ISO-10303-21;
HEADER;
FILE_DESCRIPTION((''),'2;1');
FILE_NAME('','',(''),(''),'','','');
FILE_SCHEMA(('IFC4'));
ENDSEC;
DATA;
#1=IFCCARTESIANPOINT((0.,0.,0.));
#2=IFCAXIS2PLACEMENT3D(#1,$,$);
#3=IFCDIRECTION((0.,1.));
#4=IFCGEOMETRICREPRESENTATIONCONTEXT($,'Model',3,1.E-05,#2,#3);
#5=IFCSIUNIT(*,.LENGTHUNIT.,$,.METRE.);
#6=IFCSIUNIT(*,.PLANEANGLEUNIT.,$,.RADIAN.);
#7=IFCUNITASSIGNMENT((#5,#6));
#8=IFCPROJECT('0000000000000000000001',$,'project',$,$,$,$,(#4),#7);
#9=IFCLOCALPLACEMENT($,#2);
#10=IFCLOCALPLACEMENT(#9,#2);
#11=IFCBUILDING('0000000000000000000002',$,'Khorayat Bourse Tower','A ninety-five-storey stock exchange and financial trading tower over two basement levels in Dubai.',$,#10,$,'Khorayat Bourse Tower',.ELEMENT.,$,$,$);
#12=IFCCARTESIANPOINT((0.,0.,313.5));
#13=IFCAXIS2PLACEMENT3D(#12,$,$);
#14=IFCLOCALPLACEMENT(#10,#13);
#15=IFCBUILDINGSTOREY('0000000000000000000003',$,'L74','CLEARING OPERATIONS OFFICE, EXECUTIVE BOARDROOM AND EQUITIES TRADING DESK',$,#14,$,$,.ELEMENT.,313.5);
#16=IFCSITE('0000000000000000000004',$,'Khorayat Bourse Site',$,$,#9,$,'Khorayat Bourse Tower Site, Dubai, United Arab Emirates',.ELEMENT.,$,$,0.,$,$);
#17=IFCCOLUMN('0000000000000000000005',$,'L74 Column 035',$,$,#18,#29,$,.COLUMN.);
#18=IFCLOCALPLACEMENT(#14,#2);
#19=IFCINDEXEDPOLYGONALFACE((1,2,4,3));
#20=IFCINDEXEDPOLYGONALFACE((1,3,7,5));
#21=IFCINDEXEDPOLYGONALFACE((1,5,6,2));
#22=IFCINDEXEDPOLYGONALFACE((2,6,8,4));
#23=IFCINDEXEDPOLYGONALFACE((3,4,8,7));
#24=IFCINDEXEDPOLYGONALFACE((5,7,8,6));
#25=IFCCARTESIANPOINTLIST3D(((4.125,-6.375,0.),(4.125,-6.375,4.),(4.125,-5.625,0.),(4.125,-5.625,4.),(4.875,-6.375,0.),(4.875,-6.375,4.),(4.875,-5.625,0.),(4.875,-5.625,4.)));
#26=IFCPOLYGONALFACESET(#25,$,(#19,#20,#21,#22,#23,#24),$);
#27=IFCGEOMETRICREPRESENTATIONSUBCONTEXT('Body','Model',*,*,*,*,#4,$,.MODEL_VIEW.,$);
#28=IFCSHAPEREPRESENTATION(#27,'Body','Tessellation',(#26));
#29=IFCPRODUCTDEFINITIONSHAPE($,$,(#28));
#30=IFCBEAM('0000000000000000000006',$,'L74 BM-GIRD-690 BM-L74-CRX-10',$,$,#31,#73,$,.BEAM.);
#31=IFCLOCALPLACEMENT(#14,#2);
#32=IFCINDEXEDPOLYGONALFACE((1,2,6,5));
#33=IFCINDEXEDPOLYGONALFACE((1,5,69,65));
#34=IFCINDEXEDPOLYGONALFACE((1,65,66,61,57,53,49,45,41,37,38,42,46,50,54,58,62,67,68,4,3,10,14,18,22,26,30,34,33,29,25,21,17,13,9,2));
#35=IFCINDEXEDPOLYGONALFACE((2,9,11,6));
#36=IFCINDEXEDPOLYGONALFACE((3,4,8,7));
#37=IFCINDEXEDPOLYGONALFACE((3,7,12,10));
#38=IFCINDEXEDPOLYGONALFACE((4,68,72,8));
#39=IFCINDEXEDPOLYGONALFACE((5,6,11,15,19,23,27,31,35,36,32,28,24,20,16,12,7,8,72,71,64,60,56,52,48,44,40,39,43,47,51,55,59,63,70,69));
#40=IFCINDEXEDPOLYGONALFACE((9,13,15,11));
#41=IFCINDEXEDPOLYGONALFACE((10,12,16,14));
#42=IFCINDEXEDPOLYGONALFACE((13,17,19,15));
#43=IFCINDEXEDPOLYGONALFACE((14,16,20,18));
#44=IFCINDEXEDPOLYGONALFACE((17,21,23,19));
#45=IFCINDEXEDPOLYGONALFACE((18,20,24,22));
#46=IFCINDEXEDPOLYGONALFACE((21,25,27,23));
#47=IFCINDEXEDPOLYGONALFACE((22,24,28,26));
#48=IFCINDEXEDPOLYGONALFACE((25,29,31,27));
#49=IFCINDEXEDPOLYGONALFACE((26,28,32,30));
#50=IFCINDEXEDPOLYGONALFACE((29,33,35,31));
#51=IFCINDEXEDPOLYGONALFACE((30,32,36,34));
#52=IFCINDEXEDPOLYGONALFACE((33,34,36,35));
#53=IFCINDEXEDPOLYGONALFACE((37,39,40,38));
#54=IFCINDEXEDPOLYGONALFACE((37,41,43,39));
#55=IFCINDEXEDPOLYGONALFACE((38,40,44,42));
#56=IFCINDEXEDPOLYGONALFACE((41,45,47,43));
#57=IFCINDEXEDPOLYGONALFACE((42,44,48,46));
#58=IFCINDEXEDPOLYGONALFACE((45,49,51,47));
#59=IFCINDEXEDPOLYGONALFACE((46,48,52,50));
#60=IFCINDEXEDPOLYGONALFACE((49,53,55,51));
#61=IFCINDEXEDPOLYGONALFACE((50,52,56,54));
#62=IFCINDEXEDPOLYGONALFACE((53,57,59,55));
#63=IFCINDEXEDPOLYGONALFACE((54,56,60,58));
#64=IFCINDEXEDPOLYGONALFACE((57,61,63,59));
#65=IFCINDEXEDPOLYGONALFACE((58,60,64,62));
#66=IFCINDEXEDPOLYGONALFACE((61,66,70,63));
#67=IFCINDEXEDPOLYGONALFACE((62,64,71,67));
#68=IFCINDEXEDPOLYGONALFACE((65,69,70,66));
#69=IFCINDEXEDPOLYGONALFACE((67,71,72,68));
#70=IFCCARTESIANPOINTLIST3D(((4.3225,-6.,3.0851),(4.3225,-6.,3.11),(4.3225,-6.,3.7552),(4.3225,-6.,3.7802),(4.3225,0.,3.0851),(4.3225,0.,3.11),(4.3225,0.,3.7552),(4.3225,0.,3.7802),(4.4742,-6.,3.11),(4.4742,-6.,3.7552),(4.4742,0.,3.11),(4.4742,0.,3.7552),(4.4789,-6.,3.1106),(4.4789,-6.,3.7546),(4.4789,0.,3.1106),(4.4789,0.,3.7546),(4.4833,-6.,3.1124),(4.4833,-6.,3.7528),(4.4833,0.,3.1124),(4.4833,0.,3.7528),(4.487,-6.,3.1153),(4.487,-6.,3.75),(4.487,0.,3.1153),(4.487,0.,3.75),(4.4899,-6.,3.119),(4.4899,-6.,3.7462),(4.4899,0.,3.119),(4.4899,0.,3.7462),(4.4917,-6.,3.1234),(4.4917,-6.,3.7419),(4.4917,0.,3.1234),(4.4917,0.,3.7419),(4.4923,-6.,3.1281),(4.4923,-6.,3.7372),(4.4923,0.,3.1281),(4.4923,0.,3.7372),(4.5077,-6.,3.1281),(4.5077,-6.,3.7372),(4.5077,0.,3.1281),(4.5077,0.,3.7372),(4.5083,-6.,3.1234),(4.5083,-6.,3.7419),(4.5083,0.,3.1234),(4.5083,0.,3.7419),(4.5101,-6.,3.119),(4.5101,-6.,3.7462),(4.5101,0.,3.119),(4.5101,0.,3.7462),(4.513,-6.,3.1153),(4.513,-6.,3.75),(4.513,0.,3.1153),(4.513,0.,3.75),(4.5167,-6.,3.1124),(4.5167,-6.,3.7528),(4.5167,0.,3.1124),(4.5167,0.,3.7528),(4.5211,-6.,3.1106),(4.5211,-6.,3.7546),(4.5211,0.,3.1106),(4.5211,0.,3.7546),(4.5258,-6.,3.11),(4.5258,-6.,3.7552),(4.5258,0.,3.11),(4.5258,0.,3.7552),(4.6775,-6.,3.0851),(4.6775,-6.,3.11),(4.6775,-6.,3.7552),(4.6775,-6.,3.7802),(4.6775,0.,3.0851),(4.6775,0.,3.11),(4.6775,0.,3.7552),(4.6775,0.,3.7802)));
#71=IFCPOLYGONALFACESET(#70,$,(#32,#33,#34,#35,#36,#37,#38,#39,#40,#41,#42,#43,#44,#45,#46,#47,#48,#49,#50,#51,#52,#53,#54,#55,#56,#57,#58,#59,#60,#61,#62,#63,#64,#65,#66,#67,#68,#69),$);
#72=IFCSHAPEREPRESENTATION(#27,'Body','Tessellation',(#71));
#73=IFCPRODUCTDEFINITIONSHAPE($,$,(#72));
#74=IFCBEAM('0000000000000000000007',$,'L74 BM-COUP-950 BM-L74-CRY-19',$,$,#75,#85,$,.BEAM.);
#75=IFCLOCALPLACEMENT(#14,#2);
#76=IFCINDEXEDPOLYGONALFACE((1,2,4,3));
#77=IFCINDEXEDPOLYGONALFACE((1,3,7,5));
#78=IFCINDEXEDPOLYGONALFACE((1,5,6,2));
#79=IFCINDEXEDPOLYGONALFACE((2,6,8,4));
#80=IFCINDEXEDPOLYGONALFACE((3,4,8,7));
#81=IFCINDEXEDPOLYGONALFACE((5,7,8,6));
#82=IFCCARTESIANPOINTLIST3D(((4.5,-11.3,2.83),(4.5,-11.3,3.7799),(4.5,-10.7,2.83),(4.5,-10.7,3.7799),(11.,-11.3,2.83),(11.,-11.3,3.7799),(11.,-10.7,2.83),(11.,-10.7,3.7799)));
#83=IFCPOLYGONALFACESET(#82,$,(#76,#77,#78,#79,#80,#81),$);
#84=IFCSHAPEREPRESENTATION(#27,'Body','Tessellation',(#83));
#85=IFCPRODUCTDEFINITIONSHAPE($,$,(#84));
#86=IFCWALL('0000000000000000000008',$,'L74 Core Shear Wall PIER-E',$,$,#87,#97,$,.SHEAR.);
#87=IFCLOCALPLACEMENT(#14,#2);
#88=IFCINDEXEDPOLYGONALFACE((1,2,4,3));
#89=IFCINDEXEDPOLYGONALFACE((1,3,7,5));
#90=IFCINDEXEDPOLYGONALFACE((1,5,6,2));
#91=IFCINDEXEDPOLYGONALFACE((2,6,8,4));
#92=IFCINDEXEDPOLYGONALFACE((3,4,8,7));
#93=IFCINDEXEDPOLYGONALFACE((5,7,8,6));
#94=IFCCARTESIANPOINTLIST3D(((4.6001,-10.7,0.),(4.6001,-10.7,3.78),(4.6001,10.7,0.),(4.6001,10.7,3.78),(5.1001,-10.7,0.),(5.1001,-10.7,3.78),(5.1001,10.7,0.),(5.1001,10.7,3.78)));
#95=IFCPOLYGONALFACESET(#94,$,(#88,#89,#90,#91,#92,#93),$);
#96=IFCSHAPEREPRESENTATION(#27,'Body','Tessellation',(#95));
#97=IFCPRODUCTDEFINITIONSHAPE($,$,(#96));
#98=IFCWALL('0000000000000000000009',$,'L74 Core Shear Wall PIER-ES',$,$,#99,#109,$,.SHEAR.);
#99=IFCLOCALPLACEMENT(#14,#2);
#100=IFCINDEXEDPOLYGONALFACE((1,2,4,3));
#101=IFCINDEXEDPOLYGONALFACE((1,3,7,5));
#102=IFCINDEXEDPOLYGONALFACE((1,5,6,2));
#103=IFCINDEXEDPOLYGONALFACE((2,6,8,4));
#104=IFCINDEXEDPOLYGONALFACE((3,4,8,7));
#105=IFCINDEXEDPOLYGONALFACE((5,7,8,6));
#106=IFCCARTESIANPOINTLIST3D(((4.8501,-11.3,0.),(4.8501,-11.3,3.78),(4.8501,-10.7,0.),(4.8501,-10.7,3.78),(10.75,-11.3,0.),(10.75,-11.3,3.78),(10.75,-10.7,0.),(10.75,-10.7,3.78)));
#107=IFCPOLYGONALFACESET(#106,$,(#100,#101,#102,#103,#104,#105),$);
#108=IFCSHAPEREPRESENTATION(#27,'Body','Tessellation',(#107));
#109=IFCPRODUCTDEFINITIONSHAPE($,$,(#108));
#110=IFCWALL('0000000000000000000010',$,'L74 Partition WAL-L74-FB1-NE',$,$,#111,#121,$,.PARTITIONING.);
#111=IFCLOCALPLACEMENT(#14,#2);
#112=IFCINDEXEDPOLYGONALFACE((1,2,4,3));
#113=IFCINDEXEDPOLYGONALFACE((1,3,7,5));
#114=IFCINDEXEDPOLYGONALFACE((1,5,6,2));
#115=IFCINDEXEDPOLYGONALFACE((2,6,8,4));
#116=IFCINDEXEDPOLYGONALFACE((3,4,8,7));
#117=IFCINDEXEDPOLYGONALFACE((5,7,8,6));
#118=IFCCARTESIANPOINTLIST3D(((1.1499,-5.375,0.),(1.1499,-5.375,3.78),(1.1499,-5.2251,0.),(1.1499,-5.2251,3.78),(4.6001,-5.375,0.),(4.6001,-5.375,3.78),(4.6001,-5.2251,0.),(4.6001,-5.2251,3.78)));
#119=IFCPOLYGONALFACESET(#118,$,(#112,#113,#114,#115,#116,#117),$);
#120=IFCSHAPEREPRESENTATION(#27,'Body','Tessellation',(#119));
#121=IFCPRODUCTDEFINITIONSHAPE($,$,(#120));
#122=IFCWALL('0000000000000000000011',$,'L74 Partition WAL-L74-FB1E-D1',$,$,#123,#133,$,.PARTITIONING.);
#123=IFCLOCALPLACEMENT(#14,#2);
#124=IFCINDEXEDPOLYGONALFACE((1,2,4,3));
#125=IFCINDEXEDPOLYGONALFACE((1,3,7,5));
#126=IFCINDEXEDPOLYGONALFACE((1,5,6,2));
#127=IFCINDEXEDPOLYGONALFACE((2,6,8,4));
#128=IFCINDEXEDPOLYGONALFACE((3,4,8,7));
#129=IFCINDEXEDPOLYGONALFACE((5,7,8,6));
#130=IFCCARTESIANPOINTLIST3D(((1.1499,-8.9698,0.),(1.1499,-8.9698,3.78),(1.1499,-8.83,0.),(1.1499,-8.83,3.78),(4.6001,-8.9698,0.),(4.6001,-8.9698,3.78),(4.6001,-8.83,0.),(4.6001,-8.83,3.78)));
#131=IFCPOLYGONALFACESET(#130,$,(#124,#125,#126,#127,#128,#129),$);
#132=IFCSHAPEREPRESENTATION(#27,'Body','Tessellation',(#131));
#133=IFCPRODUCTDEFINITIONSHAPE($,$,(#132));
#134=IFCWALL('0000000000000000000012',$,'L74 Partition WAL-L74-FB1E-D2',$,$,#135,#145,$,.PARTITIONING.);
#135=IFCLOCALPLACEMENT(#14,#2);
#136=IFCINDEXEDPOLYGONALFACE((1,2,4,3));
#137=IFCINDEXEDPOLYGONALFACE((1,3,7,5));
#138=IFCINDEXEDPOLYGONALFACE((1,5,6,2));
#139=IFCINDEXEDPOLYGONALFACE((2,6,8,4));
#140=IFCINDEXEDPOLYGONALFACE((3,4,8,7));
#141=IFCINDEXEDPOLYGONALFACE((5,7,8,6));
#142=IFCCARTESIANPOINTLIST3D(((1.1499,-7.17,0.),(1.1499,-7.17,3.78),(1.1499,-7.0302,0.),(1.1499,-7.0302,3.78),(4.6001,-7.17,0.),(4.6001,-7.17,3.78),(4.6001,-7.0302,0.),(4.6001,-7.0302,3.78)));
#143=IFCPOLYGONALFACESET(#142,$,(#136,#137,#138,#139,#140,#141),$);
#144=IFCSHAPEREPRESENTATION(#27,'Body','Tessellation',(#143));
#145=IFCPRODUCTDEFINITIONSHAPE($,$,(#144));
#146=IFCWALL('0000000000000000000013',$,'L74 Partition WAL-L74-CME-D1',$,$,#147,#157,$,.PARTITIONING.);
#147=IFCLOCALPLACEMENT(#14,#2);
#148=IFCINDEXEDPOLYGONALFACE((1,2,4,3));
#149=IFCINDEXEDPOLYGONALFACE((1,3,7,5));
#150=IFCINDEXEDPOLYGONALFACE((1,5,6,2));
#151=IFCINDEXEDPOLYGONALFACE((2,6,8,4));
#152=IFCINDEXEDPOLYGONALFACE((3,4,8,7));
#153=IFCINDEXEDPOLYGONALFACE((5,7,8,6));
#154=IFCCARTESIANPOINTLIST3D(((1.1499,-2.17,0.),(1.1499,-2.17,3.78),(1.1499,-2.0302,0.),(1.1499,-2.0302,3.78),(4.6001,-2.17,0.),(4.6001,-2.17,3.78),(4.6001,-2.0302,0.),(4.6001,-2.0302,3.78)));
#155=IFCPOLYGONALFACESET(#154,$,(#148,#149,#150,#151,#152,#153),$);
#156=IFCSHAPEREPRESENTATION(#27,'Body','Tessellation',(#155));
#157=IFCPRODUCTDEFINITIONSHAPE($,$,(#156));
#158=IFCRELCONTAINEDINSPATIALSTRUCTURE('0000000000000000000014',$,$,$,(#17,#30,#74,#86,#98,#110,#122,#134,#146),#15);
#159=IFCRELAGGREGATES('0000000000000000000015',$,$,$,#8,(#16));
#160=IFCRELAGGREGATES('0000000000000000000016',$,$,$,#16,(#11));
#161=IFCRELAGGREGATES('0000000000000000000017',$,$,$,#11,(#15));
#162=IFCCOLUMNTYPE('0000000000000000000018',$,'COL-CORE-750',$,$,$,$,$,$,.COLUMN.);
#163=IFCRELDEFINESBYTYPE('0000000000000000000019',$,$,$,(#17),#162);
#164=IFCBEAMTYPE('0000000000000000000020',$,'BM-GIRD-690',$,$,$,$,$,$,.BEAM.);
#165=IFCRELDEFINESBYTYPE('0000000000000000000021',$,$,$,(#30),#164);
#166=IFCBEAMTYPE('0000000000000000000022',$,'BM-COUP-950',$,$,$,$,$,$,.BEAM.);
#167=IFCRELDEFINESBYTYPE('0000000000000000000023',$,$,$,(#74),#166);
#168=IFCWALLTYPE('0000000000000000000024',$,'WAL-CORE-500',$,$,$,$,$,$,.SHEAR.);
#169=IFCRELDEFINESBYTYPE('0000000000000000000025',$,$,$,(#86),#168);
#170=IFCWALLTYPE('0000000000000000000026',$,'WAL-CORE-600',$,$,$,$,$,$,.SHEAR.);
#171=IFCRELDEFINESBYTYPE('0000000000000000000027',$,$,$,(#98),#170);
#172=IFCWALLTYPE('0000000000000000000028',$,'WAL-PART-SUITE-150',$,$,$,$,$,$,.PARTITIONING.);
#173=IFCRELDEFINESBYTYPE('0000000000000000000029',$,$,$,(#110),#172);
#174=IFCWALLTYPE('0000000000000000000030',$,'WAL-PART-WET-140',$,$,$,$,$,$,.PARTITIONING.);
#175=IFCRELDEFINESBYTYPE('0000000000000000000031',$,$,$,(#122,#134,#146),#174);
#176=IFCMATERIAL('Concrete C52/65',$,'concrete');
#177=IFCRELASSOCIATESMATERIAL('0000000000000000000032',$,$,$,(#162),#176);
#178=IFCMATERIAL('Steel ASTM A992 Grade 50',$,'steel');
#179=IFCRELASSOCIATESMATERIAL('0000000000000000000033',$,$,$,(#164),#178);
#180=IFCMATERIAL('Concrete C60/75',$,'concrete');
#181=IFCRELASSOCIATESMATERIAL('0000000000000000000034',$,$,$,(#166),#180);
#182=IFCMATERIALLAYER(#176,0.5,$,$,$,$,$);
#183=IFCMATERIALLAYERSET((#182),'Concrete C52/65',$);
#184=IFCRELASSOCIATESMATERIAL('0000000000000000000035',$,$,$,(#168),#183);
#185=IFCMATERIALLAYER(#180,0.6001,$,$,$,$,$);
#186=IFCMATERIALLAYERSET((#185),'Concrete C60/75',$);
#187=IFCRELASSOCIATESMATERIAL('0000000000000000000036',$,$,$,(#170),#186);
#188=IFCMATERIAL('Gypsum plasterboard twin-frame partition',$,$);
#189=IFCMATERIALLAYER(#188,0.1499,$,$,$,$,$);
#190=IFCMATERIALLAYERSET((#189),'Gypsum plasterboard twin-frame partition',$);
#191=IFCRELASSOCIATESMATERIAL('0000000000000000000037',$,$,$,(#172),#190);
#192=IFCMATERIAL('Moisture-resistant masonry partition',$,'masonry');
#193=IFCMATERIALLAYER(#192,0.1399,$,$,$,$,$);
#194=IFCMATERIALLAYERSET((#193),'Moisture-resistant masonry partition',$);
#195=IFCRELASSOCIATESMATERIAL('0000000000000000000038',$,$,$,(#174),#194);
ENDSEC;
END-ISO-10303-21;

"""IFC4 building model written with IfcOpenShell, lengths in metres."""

from ifc_helpers import new_model, si_unit, direction, frame, frame_2d, origin, origin_2d, place, context, subcontext, project, spatial, rectangle, i_section, extrude, source, transform, mapped, material, layer, layer_set, material_profile, profile_set, type_object, element, save


model = new_model("IFC4")

# Units and contexts
model_context = context("Model", 3, precision=1e-05, world=origin(), true_north=direction((0.0, 1.0)))
body_context = subcontext(model_context, "Body", "Model", "MODEL_VIEW")
ifc_project = project(units=[si_unit("LENGTHUNIT", "METRE"), si_unit("PLANEANGLEUNIT", "RADIAN")], contexts=[model_context])

# Site, building, storey
site_placement = place(None, origin())
site = spatial("IfcSite", under=ifc_project, at=site_placement, Name="Khorayat Bourse Site", LongName="Khorayat Bourse Tower Site, Dubai, United Arab Emirates", CompositionType="ELEMENT", RefElevation=0.0)
building_placement = place(site_placement, origin())
building = spatial("IfcBuilding", under=site, at=building_placement, Name="Khorayat Bourse Tower", Description="A ninety-five-storey stock exchange and financial trading tower over two basement levels in Dubai.", LongName="Khorayat Bourse Tower", CompositionType="ELEMENT")
storey_placement = place(building_placement, frame((0.0, 0.0, 313.5)))
storey = spatial("IfcBuildingStorey", under=building, at=storey_placement, Name="L74", Description="CLEARING OPERATIONS OFFICE, EXECUTIVE BOARDROOM AND EQUITIES TRADING DESK", CompositionType="ELEMENT", Elevation=313.5)

# Column
ifc_material_1 = material(Name="Concrete C52/65", Category="concrete")
ifc_material_profile_1 = material_profile(ifc_material_1, rectangle(XDim=0.75, YDim=0.75, at=origin_2d()), Name="RC 750x750")
ifc_profile_set_1 = profile_set([ifc_material_profile_1], Name="Concrete C52/65")
column_type = type_object("IfcColumnType", Name="COL-CORE-750", PredefinedType="COLUMN", material=ifc_profile_set_1)
shared_shape_1 = source(origin(), body_context, "Body", "SweptSolid", [
    extrude(rectangle(XDim=0.75, YDim=0.75, at=origin_2d()), origin(), (0.0, 0.0, 1.0), 4.0),
])
column_placement = place(storey_placement, frame((4.5, -6.0, 0.0), z_axis=(0.0, 0.0, 1.0), x_axis=(1.0, 0.0, 0.0)))
element("IfcColumn", 1, at=column_placement, inside=storey, type_object=column_type, Name="L74 Column 035", PredefinedType="COLUMN", context=body_context, shape_type="MappedRepresentation", body=[
    mapped(shared_shape_1, transform((0.0, 0.0, 0.0), scale=1.0)),
])

# Beams
ifc_material_2 = material(Name="Steel ASTM A992 Grade 50", Category="steel")
ifc_material_profile_2 = material_profile(ifc_material_2, i_section(OverallWidth=0.355, OverallDepth=0.6951, WebThickness=0.0154, FlangeThickness=0.0249, FilletRadius=0.0181, at=origin_2d()), Name="W690X217")
ifc_profile_set_2 = profile_set([ifc_material_profile_2], Name="Steel ASTM A992 Grade 50")
beam_type_1 = type_object("IfcBeamType", Name="BM-GIRD-690", PredefinedType="BEAM", material=ifc_profile_set_2)
shared_shape_2 = source(origin(), body_context, "Body", "SweptSolid", [
    extrude(i_section(OverallWidth=0.355, OverallDepth=0.6951, WebThickness=0.0154, FlangeThickness=0.0249, FilletRadius=0.0181, at=origin_2d()), origin(), (0.0, 0.0, 1.0), 6.0),
])
beam_1_placement = place(storey_placement, frame((4.5, -6.0, 3.4326), z_axis=(0.0, 1.0, 0.0), x_axis=(-1.0, 0.0, 0.0)))
element("IfcBeam", 2, at=beam_1_placement, inside=storey, type_object=beam_type_1, Name="L74 BM-GIRD-690 BM-L74-CRX-10", PredefinedType="BEAM", context=body_context, shape_type="MappedRepresentation", body=[
    mapped(shared_shape_2, transform((0.0, 0.0, 0.0), scale=1.0)),
])
ifc_material_3 = material(Name="Concrete C60/75", Category="concrete")
ifc_material_profile_3 = material_profile(ifc_material_3, rectangle(XDim=0.6001, YDim=0.95, at=origin_2d()), Name="RC 600x950")
ifc_profile_set_3 = profile_set([ifc_material_profile_3], Name="Concrete C60/75")
beam_type_2 = type_object("IfcBeamType", Name="BM-COUP-950", PredefinedType="BEAM", material=ifc_profile_set_3)
shared_shape_3 = source(origin(), body_context, "Body", "SweptSolid", [
    extrude(rectangle(XDim=0.6001, YDim=0.95, at=origin_2d()), origin(), (0.0, 0.0, 1.0), 6.5),
])
beam_2_placement = place(storey_placement, frame((4.5, -11.0, 3.3049), z_axis=(1.0, 0.0, 0.0), x_axis=(0.0, 1.0, 0.0)))
element("IfcBeam", 3, at=beam_2_placement, inside=storey, type_object=beam_type_2, Name="L74 BM-COUP-950 BM-L74-CRY-19", PredefinedType="BEAM", context=body_context, shape_type="MappedRepresentation", body=[
    mapped(shared_shape_3, transform((0.0, 0.0, 0.0), scale=1.0)),
])

# Walls
ifc_layer_1 = layer(ifc_material_1, 0.5)
ifc_layer_set_1 = layer_set([ifc_layer_1], Name="Concrete C52/65")
wall_type_1 = type_object("IfcWallType", Name="WAL-CORE-500", PredefinedType="SHEAR", material=ifc_layer_set_1)
shared_shape_4 = source(origin(), body_context, "Body", "SweptSolid", [
    extrude(rectangle(XDim=21.3999, YDim=0.5, at=frame_2d((10.7, 0.0))), origin(), (0.0, 0.0, 1.0), 3.78),
])
wall_1_placement = place(storey_placement, frame((4.8501, -10.7, 0.0), z_axis=(0.0, 0.0, 1.0), x_axis=(0.0, 1.0, 0.0)))
element("IfcWall", 4, at=wall_1_placement, inside=storey, type_object=wall_type_1, Name="L74 Core Shear Wall PIER-E", PredefinedType="SHEAR", context=body_context, shape_type="MappedRepresentation", body=[
    mapped(shared_shape_4, transform((0.0, 0.0, 0.0), scale=1.0)),
])
ifc_layer_2 = layer(ifc_material_3, 0.6001)
ifc_layer_set_2 = layer_set([ifc_layer_2], Name="Concrete C60/75")
wall_type_2 = type_object("IfcWallType", Name="WAL-CORE-600", PredefinedType="SHEAR", material=ifc_layer_set_2)
shared_shape_5 = source(origin(), body_context, "Body", "SweptSolid", [
    extrude(rectangle(XDim=5.8999, YDim=0.6001, at=frame_2d((2.95, 0.0))), origin(), (0.0, 0.0, 1.0), 3.78),
])
wall_2_placement = place(storey_placement, frame((4.8501, -11.0, 0.0), z_axis=(0.0, 0.0, 1.0), x_axis=(1.0, 0.0, 0.0)))
element("IfcWall", 5, at=wall_2_placement, inside=storey, type_object=wall_type_2, Name="L74 Core Shear Wall PIER-ES", PredefinedType="SHEAR", context=body_context, shape_type="MappedRepresentation", body=[
    mapped(shared_shape_5, transform((0.0, 0.0, 0.0), scale=1.0)),
])
ifc_material_4 = material(Name="Gypsum plasterboard twin-frame partition")
ifc_layer_3 = layer(ifc_material_4, 0.1499)
ifc_layer_set_3 = layer_set([ifc_layer_3], Name="Gypsum plasterboard twin-frame partition")
wall_type_3 = type_object("IfcWallType", Name="WAL-PART-SUITE-150", PredefinedType="PARTITIONING", material=ifc_layer_set_3)
shared_shape_6 = source(origin(), body_context, "Body", "SweptSolid", [
    extrude(rectangle(XDim=3.4502, YDim=0.1499, at=frame_2d((1.7251, 0.0))), origin(), (0.0, 0.0, 1.0), 3.78),
])
wall_3_placement = place(storey_placement, frame((1.1499, -5.3, 0.0), z_axis=(0.0, 0.0, 1.0), x_axis=(1.0, 0.0, 0.0)))
element("IfcWall", 6, at=wall_3_placement, inside=storey, type_object=wall_type_3, Name="L74 Partition WAL-L74-FB1-NE", PredefinedType="PARTITIONING", context=body_context, shape_type="MappedRepresentation", body=[
    mapped(shared_shape_6, transform((0.0, 0.0, 0.0), scale=1.0)),
])

# Walls
ifc_material_5 = material(Name="Moisture-resistant masonry partition", Category="masonry")
ifc_layer_4 = layer(ifc_material_5, 0.1399)
ifc_layer_set_4 = layer_set([ifc_layer_4], Name="Moisture-resistant masonry partition")
wall_type_4 = type_object("IfcWallType", Name="WAL-PART-WET-140", PredefinedType="PARTITIONING", material=ifc_layer_set_4)
shared_shape_7 = source(origin(), body_context, "Body", "SweptSolid", [
    extrude(rectangle(XDim=3.4502, YDim=0.1399, at=frame_2d((1.7251, 0.0))), origin(), (0.0, 0.0, 1.0), 3.78),
])
for number, where, z_axis, x_axis, name in (
    (7, (1.1499, -8.8999, 0.0), (0.0, 0.0, 1.0), (1.0, 0.0, 0.0), "L74 Partition WAL-L74-FB1E-D1"),
    (8, (1.1499, -7.1001, 0.0), (0.0, 0.0, 1.0), (1.0, 0.0, 0.0), "L74 Partition WAL-L74-FB1E-D2"),
    (9, (1.1499, -2.1001, 0.0), (0.0, 0.0, 1.0), (1.0, 0.0, 0.0), "L74 Partition WAL-L74-CME-D1"),
):
    element("IfcWall", number, at=place(storey_placement, frame(where, z_axis=z_axis, x_axis=x_axis)), inside=storey, type_object=wall_type_4, Name=name, PredefinedType="PARTITIONING", context=body_context, shape_type="MappedRepresentation", body=[
        mapped(shared_shape_7, transform((0.0, 0.0, 0.0), scale=1.0)),
    ])

save(model, "model.ifc")
